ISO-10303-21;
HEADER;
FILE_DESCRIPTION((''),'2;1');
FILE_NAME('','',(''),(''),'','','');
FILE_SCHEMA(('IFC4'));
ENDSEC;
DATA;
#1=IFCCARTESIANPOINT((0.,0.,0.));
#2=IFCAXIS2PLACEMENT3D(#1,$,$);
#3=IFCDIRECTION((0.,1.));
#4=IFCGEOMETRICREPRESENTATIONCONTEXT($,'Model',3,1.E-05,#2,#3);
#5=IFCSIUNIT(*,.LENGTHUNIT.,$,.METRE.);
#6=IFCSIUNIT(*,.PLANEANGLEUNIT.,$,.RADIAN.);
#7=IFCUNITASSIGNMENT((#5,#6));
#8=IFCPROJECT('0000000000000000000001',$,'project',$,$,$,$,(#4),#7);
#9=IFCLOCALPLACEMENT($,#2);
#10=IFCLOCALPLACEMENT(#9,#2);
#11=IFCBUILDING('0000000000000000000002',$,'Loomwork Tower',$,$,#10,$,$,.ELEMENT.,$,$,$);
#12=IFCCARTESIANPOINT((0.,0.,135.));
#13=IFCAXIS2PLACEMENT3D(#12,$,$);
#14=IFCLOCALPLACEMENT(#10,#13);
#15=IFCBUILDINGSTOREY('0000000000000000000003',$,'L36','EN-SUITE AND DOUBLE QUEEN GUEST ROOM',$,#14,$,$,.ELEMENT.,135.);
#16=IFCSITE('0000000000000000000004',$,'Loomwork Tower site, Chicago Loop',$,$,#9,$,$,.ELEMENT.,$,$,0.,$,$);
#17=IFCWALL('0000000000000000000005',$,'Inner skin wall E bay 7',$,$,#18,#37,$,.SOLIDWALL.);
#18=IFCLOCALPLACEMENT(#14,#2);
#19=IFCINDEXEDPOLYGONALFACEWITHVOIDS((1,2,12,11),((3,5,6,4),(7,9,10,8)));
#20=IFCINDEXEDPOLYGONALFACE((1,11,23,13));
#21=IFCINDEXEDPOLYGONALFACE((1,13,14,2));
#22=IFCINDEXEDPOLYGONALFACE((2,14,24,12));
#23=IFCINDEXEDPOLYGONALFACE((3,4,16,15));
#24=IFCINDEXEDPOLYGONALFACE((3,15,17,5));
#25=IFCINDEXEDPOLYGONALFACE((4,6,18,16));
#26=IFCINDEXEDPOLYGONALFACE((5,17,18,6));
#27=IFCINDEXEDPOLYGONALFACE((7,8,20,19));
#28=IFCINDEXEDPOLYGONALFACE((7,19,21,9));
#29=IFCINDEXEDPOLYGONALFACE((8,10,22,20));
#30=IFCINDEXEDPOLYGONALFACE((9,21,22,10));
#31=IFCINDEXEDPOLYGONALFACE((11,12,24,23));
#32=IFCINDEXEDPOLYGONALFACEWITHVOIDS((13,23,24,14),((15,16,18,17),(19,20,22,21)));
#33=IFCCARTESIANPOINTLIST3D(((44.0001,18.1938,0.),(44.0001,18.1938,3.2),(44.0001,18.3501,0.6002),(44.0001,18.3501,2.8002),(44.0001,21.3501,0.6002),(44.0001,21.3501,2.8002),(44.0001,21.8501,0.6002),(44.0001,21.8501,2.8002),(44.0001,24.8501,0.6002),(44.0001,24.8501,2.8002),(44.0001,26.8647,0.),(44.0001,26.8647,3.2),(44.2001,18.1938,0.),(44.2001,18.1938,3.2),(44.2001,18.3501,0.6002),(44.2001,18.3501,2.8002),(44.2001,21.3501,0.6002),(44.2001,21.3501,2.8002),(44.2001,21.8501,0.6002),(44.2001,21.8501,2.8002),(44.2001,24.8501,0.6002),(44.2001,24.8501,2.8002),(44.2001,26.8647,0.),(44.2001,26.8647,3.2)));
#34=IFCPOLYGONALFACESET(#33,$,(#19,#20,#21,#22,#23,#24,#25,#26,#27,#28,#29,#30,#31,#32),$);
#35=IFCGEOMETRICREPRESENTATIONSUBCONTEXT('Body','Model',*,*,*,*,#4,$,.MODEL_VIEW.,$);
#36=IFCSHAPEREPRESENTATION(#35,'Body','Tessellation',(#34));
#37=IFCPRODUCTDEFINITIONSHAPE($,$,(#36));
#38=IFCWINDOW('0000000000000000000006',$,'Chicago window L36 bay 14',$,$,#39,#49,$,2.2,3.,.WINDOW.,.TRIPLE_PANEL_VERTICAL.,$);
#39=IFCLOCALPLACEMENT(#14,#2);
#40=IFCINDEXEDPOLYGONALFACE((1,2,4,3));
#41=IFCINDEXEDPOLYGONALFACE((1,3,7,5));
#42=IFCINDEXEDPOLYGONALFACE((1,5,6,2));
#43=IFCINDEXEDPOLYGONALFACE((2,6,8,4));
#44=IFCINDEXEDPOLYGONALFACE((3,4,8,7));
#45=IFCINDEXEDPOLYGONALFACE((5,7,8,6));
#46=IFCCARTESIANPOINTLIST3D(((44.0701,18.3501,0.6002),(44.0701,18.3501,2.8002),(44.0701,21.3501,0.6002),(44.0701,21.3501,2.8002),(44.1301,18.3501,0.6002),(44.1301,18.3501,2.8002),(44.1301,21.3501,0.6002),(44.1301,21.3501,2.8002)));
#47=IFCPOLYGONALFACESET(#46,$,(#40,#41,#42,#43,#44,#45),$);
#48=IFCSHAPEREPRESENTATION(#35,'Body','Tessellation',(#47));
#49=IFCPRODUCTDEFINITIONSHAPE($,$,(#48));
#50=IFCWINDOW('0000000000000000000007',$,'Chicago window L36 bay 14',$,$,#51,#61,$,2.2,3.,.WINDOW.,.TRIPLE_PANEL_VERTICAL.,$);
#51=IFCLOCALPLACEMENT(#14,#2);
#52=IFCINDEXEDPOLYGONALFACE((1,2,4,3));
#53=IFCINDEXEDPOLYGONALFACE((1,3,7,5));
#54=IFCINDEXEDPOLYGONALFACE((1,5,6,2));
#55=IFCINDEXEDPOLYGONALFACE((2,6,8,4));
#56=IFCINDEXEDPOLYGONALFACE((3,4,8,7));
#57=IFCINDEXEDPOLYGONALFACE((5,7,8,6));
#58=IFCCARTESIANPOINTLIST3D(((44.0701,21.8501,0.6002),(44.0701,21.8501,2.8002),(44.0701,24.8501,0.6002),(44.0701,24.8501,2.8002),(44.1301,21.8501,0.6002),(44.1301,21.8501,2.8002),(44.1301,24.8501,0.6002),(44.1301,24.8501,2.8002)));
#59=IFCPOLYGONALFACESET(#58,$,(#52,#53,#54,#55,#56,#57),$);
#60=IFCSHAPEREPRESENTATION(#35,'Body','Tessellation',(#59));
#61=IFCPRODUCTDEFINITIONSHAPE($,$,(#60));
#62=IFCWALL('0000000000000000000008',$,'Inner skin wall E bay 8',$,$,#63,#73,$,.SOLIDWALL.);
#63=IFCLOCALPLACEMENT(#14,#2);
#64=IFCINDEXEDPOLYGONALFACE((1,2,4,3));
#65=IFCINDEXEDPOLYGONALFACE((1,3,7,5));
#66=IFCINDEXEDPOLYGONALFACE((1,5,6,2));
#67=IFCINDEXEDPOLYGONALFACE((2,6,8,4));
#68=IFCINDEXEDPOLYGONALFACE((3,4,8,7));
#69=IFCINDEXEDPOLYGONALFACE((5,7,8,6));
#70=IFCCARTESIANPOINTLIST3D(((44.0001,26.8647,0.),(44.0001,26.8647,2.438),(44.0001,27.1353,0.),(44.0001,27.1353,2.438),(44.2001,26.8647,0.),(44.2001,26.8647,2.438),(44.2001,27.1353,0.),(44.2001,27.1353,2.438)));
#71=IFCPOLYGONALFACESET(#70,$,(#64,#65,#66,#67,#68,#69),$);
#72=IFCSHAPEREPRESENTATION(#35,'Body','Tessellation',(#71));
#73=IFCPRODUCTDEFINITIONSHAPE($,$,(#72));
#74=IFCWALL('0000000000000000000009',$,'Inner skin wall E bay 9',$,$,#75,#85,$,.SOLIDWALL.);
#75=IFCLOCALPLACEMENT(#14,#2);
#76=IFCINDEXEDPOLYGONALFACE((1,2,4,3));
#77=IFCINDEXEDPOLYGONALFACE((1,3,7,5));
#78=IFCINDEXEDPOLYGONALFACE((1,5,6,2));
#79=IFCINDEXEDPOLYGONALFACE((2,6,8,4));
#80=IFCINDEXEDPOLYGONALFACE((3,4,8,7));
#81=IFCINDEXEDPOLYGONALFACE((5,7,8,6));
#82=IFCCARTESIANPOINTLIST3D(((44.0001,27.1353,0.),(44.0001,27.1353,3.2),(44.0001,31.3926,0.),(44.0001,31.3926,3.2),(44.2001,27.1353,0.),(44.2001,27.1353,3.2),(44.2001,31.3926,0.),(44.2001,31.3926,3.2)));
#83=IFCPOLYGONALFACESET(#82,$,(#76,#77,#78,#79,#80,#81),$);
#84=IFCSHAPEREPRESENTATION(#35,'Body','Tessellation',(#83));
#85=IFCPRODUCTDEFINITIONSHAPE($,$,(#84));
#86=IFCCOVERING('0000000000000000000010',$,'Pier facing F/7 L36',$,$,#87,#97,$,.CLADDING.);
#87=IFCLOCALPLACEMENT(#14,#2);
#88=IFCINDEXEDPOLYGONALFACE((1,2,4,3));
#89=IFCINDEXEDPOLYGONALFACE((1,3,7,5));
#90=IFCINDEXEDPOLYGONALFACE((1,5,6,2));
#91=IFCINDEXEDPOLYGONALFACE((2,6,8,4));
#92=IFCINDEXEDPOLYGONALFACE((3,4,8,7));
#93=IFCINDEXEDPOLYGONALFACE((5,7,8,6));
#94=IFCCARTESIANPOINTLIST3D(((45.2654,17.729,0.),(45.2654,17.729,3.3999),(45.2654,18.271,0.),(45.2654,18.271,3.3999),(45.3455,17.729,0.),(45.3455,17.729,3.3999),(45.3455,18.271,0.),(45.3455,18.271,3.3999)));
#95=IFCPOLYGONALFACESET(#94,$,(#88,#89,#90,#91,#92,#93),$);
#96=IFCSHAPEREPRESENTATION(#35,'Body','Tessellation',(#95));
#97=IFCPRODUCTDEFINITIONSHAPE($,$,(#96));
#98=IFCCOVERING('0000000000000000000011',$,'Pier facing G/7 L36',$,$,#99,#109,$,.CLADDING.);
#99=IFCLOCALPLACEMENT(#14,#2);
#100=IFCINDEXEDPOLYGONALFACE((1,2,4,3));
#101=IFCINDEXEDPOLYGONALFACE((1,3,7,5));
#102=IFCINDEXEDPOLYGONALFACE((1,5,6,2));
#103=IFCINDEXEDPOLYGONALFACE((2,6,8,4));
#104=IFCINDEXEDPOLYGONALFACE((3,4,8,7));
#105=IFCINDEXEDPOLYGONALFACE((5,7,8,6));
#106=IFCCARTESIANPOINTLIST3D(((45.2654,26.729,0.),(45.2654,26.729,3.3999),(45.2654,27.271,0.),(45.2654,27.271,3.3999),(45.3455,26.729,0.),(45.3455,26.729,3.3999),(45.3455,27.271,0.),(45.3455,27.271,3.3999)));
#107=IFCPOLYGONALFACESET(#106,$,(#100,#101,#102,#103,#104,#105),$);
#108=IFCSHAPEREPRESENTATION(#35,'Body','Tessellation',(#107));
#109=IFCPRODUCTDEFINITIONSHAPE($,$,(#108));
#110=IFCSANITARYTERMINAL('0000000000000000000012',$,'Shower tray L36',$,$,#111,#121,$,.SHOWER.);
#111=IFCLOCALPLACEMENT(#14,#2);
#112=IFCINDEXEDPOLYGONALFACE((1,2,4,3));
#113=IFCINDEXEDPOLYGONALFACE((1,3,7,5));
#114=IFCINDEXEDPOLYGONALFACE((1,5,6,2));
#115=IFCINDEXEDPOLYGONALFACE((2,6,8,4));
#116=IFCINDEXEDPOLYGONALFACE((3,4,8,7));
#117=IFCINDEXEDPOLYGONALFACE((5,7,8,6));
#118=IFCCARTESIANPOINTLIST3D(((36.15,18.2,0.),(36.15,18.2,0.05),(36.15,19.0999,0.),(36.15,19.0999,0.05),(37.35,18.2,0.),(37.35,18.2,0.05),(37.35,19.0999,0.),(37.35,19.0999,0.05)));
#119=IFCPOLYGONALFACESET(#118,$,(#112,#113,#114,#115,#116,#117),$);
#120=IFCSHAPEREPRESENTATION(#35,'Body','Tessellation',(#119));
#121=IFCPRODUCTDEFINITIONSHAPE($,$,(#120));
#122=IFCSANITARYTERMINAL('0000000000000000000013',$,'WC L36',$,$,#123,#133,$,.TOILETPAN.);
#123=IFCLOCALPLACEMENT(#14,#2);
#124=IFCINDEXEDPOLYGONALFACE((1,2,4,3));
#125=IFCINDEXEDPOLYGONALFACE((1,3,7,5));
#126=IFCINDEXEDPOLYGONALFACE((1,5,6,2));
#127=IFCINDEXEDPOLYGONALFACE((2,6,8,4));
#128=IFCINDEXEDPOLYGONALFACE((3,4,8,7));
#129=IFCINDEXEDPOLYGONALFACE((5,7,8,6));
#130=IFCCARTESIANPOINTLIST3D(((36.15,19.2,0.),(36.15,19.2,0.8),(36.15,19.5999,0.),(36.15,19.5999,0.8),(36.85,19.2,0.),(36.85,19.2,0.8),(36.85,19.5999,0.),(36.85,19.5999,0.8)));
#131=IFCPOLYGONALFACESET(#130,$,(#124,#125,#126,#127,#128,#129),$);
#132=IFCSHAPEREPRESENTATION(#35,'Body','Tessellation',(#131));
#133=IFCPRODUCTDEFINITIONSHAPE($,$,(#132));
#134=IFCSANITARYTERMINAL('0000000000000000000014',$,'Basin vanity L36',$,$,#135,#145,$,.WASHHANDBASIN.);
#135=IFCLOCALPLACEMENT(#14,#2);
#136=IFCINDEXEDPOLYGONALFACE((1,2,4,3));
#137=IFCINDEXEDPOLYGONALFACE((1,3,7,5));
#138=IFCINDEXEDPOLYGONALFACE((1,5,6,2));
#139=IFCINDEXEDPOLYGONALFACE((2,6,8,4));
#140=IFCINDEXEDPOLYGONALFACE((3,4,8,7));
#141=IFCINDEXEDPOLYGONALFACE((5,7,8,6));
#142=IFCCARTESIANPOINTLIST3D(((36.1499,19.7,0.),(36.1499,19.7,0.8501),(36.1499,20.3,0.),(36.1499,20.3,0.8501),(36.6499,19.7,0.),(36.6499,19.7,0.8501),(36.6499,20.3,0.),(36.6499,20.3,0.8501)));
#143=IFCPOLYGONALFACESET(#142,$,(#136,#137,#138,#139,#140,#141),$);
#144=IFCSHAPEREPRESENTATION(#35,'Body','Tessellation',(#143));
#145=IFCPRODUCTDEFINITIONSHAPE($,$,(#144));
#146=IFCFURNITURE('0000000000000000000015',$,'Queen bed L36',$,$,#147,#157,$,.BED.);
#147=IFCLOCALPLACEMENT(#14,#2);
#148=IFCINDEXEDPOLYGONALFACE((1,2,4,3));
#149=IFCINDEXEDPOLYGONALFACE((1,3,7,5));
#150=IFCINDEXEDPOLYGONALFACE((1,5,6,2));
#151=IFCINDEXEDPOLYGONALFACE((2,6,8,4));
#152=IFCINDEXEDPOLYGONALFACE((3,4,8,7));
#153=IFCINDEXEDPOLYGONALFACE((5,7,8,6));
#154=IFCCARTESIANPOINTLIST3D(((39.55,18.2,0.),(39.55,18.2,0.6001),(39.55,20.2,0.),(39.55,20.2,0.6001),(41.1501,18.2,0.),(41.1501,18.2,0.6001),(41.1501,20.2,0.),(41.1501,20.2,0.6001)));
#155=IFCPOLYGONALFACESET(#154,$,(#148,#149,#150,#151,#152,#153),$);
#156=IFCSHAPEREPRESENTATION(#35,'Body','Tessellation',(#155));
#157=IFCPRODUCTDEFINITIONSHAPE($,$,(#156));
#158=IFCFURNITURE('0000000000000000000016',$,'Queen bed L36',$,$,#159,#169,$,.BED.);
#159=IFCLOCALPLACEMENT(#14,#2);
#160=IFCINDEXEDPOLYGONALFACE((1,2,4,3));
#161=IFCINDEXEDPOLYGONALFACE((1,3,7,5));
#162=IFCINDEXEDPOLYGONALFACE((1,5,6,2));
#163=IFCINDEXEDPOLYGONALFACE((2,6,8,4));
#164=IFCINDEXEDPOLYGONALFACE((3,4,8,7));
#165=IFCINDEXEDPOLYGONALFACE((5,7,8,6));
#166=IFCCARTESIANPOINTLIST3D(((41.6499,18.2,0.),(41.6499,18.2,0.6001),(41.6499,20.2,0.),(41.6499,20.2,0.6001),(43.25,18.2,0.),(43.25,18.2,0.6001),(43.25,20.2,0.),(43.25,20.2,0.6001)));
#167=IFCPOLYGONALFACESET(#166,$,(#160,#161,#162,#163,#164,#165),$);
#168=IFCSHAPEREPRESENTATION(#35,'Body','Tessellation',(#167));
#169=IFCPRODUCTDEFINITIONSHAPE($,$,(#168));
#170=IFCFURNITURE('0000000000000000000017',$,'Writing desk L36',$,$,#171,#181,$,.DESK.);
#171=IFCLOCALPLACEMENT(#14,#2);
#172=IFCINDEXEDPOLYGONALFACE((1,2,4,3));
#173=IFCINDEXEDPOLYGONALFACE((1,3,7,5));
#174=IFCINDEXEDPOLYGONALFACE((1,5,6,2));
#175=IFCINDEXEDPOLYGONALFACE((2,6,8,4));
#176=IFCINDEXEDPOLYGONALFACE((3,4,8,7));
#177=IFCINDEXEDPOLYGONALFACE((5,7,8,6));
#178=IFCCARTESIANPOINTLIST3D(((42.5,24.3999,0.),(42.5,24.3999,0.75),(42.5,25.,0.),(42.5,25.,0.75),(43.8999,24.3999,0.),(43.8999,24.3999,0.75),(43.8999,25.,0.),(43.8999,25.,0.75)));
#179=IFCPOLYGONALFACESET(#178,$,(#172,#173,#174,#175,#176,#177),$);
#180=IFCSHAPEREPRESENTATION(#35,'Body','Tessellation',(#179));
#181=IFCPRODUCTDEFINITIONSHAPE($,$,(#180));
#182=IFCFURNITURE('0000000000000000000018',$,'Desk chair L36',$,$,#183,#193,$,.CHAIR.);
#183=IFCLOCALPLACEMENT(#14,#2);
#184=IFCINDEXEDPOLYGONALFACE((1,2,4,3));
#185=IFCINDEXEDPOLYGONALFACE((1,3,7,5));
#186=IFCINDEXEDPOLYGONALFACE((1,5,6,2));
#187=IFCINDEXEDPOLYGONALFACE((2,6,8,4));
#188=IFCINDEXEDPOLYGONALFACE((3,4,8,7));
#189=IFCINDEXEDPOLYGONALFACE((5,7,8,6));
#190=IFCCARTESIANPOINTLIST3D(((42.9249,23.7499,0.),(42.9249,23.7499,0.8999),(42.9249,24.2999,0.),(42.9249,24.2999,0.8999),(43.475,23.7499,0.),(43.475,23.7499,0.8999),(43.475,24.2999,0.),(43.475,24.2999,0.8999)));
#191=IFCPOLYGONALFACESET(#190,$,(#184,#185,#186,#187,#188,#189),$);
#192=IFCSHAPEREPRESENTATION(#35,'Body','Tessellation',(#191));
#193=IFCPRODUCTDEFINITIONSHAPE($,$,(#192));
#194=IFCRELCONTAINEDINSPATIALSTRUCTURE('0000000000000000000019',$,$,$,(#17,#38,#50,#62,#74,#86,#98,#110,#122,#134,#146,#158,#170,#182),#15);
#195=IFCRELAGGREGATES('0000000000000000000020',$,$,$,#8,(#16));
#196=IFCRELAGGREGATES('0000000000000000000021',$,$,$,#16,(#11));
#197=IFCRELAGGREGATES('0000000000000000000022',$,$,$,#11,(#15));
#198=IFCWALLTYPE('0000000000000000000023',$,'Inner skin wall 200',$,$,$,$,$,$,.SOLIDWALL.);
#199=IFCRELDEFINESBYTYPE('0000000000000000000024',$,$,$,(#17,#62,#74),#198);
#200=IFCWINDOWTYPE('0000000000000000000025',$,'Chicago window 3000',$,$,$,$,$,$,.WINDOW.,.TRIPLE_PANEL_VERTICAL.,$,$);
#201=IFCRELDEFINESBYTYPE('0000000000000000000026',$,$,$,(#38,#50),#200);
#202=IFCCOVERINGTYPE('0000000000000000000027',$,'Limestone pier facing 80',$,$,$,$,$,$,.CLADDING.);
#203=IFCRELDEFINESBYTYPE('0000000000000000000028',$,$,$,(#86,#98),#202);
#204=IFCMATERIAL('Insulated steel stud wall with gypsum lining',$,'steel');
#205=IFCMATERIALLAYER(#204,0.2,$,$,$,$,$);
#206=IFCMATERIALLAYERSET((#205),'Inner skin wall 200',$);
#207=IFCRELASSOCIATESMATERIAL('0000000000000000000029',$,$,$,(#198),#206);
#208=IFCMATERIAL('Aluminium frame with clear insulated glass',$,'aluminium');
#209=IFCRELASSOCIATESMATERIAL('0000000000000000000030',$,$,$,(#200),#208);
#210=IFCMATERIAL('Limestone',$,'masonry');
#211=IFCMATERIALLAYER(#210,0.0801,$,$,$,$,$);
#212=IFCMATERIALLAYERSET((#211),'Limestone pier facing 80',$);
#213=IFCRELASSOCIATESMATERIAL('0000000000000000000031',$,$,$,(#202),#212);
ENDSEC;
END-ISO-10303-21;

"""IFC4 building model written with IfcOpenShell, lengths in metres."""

from ifc_helpers import new_model, si_unit, direction, frame, frame_2d, origin, origin_2d, place, context, subcontext, project, spatial, rectangle, extrude, material, layer, layer_set, type_object, element, fill, save


model = new_model("IFC4")

# Units and contexts
model_context = context("Model", 3, precision=1e-05, world=origin(), true_north=direction((0.0, 1.0)))
body_context = subcontext(model_context, "Body", "Model", "MODEL_VIEW")
ifc_project = project(units=[si_unit("LENGTHUNIT", "METRE"), si_unit("PLANEANGLEUNIT", "RADIAN")], contexts=[model_context])

# Site, building, storey
site_placement = place(None, origin())
site = spatial("IfcSite", under=ifc_project, at=site_placement, Name="Loomwork Tower site, Chicago Loop", CompositionType="ELEMENT", RefElevation=0.0)
building_placement = place(site_placement, origin())
building = spatial("IfcBuilding", under=site, at=building_placement, Name="Loomwork Tower", CompositionType="ELEMENT")
storey_placement = place(building_placement, frame((0.0, 0.0, 135.0)))
storey = spatial("IfcBuildingStorey", under=building, at=storey_placement, Name="L36", Description="EN-SUITE AND DOUBLE QUEEN GUEST ROOM", CompositionType="ELEMENT", Elevation=135.0)

# Shared definitions
ifc_material_1 = material(Name="Insulated steel stud wall with gypsum lining", Category="steel")
ifc_layer_1 = layer(ifc_material_1, 0.2)
ifc_layer_set_1 = layer_set([ifc_layer_1], Name="Inner skin wall 200")
wall_type_1 = type_object("IfcWallType", Name="Inner skin wall 200", PredefinedType="SOLIDWALL", material=ifc_layer_set_1)

# Wall, openings, windows
wall_1_placement = place(storey_placement, frame((44.1001, 18.1938, 0.0), z_axis=(0.0, 0.0, 1.0), x_axis=(0.0, 1.0, 0.0)))
wall_1 = element("IfcWall", 1, at=wall_1_placement, inside=storey, type_object=wall_type_1, Name="Inner skin wall E bay 7", PredefinedType="SOLIDWALL", context=body_context, shape_type="SweptSolid", body=[
    extrude(rectangle(XDim=8.6709, YDim=0.2, at=frame_2d((4.3354, 0.0))), origin(), (0.0, 0.0, 1.0), 3.2),
])
opening_1_placement = place(wall_1_placement, frame((0.1562, 0.0, 0.6001)))
opening_1 = element("IfcOpeningElement", 2, at=opening_1_placement, cuts=wall_1, PredefinedType="OPENING", context=body_context, shape_type="SweptSolid", body=[
    extrude(rectangle(XDim=3.0, YDim=2.2, at=frame_2d((1.5, 1.1001))), frame((0.0, 0.1099, 0.0), z_axis=(0.0, -1.0, 0.0), x_axis=(1.0, 0.0, 0.0)), (0.0, 0.0, 1.0), 0.22),
])
opening_2_placement = place(wall_1_placement, frame((3.6562, 0.0, 0.6001)))
opening_2 = element("IfcOpeningElement", 3, at=opening_2_placement, cuts=wall_1, PredefinedType="OPENING", context=body_context, shape_type="SweptSolid", body=[
    extrude(rectangle(XDim=3.0, YDim=2.2, at=frame_2d((1.5, 1.1001))), frame((0.0, 0.1099, 0.0), z_axis=(0.0, -1.0, 0.0), x_axis=(1.0, 0.0, 0.0)), (0.0, 0.0, 1.0), 0.22),
])
ifc_material_2 = material(Name="Aluminium frame with clear insulated glass", Category="aluminium")
window_type = type_object("IfcWindowType", Name="Chicago window 3000", PartitioningType="TRIPLE_PANEL_VERTICAL", PredefinedType="WINDOW", material=ifc_material_2)
window_1_placement = place(opening_1_placement, origin())
window_1 = element("IfcWindow", 4, at=window_1_placement, inside=storey, type_object=window_type, Name="Chicago window L36 bay 14", OverallHeight=2.2, OverallWidth=3.0, PartitioningType="TRIPLE_PANEL_VERTICAL", PredefinedType="WINDOW", context=body_context, shape_type="SweptSolid", body=[
    extrude(rectangle(XDim=3.0, YDim=2.2, at=frame_2d((1.5, 1.1001))), frame((0.0, 0.03, 0.0), z_axis=(0.0, -1.0, 0.0), x_axis=(1.0, 0.0, 0.0)), (0.0, 0.0, 1.0), 0.0601),
])
fill(opening_1, window_1)
window_2_placement = place(opening_2_placement, origin())
window_2 = element("IfcWindow", 5, at=window_2_placement, inside=storey, type_object=window_type, Name="Chicago window L36 bay 14", OverallHeight=2.2, OverallWidth=3.0, PartitioningType="TRIPLE_PANEL_VERTICAL", PredefinedType="WINDOW", context=body_context, shape_type="SweptSolid", body=[
    extrude(rectangle(XDim=3.0, YDim=2.2, at=frame_2d((1.5, 1.1001))), frame((0.0, 0.03, 0.0), z_axis=(0.0, -1.0, 0.0), x_axis=(1.0, 0.0, 0.0)), (0.0, 0.0, 1.0), 0.0601),
])
fill(opening_2, window_2)

# Walls
wall_2_placement = place(storey_placement, frame((44.1001, 26.8647, 0.0), z_axis=(0.0, 0.0, 1.0), x_axis=(0.0, 1.0, 0.0)))
element("IfcWall", 6, at=wall_2_placement, inside=storey, type_object=wall_type_1, Name="Inner skin wall E bay 8", PredefinedType="SOLIDWALL", context=body_context, shape_type="SweptSolid", body=[
    extrude(rectangle(XDim=0.2705, YDim=0.2, at=frame_2d((0.1353, 0.0))), origin(), (0.0, 0.0, 1.0), 2.438),
])
wall_3_placement = place(storey_placement, frame((44.1001, 27.1353, 0.0), z_axis=(0.0, 0.0, 1.0), x_axis=(0.0, 1.0, 0.0)))
element("IfcWall", 7, at=wall_3_placement, inside=storey, type_object=wall_type_1, Name="Inner skin wall E bay 9", PredefinedType="SOLIDWALL", context=body_context, shape_type="SweptSolid", body=[
    extrude(rectangle(XDim=4.2573, YDim=0.2, at=frame_2d((2.1287, 0.0))), origin(), (0.0, 0.0, 1.0), 3.2),
])

# Coverings
ifc_material_3 = material(Name="Limestone", Category="masonry")
ifc_layer_2 = layer(ifc_material_3, 0.0801)
ifc_layer_set_2 = layer_set([ifc_layer_2], Name="Limestone pier facing 80")
covering_type = type_object("IfcCoveringType", Name="Limestone pier facing 80", PredefinedType="CLADDING", material=ifc_layer_set_2)
for number, where, z_axis, x_axis, name in (
    (8, (45.3054, 18.0, 0.0), (0.0, 0.0, 1.0), (1.0, 0.0, 0.0), "Pier facing F/7 L36"),
    (9, (45.3054, 27.0, 0.0), (0.0, 0.0, 1.0), (1.0, 0.0, 0.0), "Pier facing G/7 L36"),
):
    element("IfcCovering", number, at=place(storey_placement, frame(where, z_axis=z_axis, x_axis=x_axis)), inside=storey, type_object=covering_type, Name=name, PredefinedType="CLADDING", context=body_context, shape_type="SweptSolid", body=[
        extrude(rectangle(XDim=0.0801, YDim=0.542, at=origin_2d()), origin(), (0.0, 0.0, 1.0), 3.3999),
    ])

# Sanitary terminals
sanitary_terminal_1_placement = place(storey_placement, frame((36.75, 18.6499, 0.0), z_axis=(0.0, 0.0, 1.0), x_axis=(1.0, 0.0, 0.0)))
element("IfcSanitaryTerminal", 10, at=sanitary_terminal_1_placement, inside=storey, Name="Shower tray L36", PredefinedType="SHOWER", context=body_context, shape_type="SweptSolid", body=[
    extrude(rectangle(XDim=1.2, YDim=0.8999, at=origin_2d()), origin(), (0.0, 0.0, 1.0), 0.05),
])
sanitary_terminal_2_placement = place(storey_placement, frame((36.5, 19.3999, 0.0), z_axis=(0.0, 0.0, 1.0), x_axis=(1.0, 0.0, 0.0)))
element("IfcSanitaryTerminal", 11, at=sanitary_terminal_2_placement, inside=storey, Name="WC L36", PredefinedType="TOILETPAN", context=body_context, shape_type="SweptSolid", body=[
    extrude(rectangle(XDim=0.7, YDim=0.3999, at=origin_2d()), origin(), (0.0, 0.0, 1.0), 0.8),
])
sanitary_terminal_3_placement = place(storey_placement, frame((36.3999, 20.0, 0.0), z_axis=(0.0, 0.0, 1.0), x_axis=(1.0, 0.0, 0.0)))
element("IfcSanitaryTerminal", 12, at=sanitary_terminal_3_placement, inside=storey, Name="Basin vanity L36", PredefinedType="WASHHANDBASIN", context=body_context, shape_type="SweptSolid", body=[
    extrude(rectangle(XDim=0.5, YDim=0.6001, at=origin_2d()), origin(), (0.0, 0.0, 1.0), 0.8501),
])

# Furniture
for number, where, z_axis, x_axis, name in (
    (13, (40.3501, 19.2, 0.0), (0.0, 0.0, 1.0), (1.0, 0.0, 0.0), "Queen bed L36"),
    (14, (42.45, 19.2, 0.0), (0.0, 0.0, 1.0), (1.0, 0.0, 0.0), "Queen bed L36"),
):
    element("IfcFurniture", number, at=place(storey_placement, frame(where, z_axis=z_axis, x_axis=x_axis)), inside=storey, Name=name, PredefinedType="BED", context=body_context, shape_type="SweptSolid", body=[
        extrude(rectangle(XDim=1.6001, YDim=2.0, at=origin_2d()), origin(), (0.0, 0.0, 1.0), 0.6001),
    ])
furniture_1_placement = place(storey_placement, frame((43.2, 24.7, 0.0), z_axis=(0.0, 0.0, 1.0), x_axis=(1.0, 0.0, 0.0)))
element("IfcFurniture", 15, at=furniture_1_placement, inside=storey, Name="Writing desk L36", PredefinedType="DESK", context=body_context, shape_type="SweptSolid", body=[
    extrude(rectangle(XDim=1.3999, YDim=0.6001, at=origin_2d()), origin(), (0.0, 0.0, 1.0), 0.75),
])
furniture_2_placement = place(storey_placement, frame((43.2, 24.0249, 0.0), z_axis=(0.0, 0.0, 1.0), x_axis=(1.0, 0.0, 0.0)))
element("IfcFurniture", 16, at=furniture_2_placement, inside=storey, Name="Desk chair L36", PredefinedType="CHAIR", context=body_context, shape_type="SweptSolid", body=[
    extrude(rectangle(XDim=0.55, YDim=0.55, at=origin_2d()), origin(), (0.0, 0.0, 1.0), 0.8999),
])

save(model, "model.ifc")
